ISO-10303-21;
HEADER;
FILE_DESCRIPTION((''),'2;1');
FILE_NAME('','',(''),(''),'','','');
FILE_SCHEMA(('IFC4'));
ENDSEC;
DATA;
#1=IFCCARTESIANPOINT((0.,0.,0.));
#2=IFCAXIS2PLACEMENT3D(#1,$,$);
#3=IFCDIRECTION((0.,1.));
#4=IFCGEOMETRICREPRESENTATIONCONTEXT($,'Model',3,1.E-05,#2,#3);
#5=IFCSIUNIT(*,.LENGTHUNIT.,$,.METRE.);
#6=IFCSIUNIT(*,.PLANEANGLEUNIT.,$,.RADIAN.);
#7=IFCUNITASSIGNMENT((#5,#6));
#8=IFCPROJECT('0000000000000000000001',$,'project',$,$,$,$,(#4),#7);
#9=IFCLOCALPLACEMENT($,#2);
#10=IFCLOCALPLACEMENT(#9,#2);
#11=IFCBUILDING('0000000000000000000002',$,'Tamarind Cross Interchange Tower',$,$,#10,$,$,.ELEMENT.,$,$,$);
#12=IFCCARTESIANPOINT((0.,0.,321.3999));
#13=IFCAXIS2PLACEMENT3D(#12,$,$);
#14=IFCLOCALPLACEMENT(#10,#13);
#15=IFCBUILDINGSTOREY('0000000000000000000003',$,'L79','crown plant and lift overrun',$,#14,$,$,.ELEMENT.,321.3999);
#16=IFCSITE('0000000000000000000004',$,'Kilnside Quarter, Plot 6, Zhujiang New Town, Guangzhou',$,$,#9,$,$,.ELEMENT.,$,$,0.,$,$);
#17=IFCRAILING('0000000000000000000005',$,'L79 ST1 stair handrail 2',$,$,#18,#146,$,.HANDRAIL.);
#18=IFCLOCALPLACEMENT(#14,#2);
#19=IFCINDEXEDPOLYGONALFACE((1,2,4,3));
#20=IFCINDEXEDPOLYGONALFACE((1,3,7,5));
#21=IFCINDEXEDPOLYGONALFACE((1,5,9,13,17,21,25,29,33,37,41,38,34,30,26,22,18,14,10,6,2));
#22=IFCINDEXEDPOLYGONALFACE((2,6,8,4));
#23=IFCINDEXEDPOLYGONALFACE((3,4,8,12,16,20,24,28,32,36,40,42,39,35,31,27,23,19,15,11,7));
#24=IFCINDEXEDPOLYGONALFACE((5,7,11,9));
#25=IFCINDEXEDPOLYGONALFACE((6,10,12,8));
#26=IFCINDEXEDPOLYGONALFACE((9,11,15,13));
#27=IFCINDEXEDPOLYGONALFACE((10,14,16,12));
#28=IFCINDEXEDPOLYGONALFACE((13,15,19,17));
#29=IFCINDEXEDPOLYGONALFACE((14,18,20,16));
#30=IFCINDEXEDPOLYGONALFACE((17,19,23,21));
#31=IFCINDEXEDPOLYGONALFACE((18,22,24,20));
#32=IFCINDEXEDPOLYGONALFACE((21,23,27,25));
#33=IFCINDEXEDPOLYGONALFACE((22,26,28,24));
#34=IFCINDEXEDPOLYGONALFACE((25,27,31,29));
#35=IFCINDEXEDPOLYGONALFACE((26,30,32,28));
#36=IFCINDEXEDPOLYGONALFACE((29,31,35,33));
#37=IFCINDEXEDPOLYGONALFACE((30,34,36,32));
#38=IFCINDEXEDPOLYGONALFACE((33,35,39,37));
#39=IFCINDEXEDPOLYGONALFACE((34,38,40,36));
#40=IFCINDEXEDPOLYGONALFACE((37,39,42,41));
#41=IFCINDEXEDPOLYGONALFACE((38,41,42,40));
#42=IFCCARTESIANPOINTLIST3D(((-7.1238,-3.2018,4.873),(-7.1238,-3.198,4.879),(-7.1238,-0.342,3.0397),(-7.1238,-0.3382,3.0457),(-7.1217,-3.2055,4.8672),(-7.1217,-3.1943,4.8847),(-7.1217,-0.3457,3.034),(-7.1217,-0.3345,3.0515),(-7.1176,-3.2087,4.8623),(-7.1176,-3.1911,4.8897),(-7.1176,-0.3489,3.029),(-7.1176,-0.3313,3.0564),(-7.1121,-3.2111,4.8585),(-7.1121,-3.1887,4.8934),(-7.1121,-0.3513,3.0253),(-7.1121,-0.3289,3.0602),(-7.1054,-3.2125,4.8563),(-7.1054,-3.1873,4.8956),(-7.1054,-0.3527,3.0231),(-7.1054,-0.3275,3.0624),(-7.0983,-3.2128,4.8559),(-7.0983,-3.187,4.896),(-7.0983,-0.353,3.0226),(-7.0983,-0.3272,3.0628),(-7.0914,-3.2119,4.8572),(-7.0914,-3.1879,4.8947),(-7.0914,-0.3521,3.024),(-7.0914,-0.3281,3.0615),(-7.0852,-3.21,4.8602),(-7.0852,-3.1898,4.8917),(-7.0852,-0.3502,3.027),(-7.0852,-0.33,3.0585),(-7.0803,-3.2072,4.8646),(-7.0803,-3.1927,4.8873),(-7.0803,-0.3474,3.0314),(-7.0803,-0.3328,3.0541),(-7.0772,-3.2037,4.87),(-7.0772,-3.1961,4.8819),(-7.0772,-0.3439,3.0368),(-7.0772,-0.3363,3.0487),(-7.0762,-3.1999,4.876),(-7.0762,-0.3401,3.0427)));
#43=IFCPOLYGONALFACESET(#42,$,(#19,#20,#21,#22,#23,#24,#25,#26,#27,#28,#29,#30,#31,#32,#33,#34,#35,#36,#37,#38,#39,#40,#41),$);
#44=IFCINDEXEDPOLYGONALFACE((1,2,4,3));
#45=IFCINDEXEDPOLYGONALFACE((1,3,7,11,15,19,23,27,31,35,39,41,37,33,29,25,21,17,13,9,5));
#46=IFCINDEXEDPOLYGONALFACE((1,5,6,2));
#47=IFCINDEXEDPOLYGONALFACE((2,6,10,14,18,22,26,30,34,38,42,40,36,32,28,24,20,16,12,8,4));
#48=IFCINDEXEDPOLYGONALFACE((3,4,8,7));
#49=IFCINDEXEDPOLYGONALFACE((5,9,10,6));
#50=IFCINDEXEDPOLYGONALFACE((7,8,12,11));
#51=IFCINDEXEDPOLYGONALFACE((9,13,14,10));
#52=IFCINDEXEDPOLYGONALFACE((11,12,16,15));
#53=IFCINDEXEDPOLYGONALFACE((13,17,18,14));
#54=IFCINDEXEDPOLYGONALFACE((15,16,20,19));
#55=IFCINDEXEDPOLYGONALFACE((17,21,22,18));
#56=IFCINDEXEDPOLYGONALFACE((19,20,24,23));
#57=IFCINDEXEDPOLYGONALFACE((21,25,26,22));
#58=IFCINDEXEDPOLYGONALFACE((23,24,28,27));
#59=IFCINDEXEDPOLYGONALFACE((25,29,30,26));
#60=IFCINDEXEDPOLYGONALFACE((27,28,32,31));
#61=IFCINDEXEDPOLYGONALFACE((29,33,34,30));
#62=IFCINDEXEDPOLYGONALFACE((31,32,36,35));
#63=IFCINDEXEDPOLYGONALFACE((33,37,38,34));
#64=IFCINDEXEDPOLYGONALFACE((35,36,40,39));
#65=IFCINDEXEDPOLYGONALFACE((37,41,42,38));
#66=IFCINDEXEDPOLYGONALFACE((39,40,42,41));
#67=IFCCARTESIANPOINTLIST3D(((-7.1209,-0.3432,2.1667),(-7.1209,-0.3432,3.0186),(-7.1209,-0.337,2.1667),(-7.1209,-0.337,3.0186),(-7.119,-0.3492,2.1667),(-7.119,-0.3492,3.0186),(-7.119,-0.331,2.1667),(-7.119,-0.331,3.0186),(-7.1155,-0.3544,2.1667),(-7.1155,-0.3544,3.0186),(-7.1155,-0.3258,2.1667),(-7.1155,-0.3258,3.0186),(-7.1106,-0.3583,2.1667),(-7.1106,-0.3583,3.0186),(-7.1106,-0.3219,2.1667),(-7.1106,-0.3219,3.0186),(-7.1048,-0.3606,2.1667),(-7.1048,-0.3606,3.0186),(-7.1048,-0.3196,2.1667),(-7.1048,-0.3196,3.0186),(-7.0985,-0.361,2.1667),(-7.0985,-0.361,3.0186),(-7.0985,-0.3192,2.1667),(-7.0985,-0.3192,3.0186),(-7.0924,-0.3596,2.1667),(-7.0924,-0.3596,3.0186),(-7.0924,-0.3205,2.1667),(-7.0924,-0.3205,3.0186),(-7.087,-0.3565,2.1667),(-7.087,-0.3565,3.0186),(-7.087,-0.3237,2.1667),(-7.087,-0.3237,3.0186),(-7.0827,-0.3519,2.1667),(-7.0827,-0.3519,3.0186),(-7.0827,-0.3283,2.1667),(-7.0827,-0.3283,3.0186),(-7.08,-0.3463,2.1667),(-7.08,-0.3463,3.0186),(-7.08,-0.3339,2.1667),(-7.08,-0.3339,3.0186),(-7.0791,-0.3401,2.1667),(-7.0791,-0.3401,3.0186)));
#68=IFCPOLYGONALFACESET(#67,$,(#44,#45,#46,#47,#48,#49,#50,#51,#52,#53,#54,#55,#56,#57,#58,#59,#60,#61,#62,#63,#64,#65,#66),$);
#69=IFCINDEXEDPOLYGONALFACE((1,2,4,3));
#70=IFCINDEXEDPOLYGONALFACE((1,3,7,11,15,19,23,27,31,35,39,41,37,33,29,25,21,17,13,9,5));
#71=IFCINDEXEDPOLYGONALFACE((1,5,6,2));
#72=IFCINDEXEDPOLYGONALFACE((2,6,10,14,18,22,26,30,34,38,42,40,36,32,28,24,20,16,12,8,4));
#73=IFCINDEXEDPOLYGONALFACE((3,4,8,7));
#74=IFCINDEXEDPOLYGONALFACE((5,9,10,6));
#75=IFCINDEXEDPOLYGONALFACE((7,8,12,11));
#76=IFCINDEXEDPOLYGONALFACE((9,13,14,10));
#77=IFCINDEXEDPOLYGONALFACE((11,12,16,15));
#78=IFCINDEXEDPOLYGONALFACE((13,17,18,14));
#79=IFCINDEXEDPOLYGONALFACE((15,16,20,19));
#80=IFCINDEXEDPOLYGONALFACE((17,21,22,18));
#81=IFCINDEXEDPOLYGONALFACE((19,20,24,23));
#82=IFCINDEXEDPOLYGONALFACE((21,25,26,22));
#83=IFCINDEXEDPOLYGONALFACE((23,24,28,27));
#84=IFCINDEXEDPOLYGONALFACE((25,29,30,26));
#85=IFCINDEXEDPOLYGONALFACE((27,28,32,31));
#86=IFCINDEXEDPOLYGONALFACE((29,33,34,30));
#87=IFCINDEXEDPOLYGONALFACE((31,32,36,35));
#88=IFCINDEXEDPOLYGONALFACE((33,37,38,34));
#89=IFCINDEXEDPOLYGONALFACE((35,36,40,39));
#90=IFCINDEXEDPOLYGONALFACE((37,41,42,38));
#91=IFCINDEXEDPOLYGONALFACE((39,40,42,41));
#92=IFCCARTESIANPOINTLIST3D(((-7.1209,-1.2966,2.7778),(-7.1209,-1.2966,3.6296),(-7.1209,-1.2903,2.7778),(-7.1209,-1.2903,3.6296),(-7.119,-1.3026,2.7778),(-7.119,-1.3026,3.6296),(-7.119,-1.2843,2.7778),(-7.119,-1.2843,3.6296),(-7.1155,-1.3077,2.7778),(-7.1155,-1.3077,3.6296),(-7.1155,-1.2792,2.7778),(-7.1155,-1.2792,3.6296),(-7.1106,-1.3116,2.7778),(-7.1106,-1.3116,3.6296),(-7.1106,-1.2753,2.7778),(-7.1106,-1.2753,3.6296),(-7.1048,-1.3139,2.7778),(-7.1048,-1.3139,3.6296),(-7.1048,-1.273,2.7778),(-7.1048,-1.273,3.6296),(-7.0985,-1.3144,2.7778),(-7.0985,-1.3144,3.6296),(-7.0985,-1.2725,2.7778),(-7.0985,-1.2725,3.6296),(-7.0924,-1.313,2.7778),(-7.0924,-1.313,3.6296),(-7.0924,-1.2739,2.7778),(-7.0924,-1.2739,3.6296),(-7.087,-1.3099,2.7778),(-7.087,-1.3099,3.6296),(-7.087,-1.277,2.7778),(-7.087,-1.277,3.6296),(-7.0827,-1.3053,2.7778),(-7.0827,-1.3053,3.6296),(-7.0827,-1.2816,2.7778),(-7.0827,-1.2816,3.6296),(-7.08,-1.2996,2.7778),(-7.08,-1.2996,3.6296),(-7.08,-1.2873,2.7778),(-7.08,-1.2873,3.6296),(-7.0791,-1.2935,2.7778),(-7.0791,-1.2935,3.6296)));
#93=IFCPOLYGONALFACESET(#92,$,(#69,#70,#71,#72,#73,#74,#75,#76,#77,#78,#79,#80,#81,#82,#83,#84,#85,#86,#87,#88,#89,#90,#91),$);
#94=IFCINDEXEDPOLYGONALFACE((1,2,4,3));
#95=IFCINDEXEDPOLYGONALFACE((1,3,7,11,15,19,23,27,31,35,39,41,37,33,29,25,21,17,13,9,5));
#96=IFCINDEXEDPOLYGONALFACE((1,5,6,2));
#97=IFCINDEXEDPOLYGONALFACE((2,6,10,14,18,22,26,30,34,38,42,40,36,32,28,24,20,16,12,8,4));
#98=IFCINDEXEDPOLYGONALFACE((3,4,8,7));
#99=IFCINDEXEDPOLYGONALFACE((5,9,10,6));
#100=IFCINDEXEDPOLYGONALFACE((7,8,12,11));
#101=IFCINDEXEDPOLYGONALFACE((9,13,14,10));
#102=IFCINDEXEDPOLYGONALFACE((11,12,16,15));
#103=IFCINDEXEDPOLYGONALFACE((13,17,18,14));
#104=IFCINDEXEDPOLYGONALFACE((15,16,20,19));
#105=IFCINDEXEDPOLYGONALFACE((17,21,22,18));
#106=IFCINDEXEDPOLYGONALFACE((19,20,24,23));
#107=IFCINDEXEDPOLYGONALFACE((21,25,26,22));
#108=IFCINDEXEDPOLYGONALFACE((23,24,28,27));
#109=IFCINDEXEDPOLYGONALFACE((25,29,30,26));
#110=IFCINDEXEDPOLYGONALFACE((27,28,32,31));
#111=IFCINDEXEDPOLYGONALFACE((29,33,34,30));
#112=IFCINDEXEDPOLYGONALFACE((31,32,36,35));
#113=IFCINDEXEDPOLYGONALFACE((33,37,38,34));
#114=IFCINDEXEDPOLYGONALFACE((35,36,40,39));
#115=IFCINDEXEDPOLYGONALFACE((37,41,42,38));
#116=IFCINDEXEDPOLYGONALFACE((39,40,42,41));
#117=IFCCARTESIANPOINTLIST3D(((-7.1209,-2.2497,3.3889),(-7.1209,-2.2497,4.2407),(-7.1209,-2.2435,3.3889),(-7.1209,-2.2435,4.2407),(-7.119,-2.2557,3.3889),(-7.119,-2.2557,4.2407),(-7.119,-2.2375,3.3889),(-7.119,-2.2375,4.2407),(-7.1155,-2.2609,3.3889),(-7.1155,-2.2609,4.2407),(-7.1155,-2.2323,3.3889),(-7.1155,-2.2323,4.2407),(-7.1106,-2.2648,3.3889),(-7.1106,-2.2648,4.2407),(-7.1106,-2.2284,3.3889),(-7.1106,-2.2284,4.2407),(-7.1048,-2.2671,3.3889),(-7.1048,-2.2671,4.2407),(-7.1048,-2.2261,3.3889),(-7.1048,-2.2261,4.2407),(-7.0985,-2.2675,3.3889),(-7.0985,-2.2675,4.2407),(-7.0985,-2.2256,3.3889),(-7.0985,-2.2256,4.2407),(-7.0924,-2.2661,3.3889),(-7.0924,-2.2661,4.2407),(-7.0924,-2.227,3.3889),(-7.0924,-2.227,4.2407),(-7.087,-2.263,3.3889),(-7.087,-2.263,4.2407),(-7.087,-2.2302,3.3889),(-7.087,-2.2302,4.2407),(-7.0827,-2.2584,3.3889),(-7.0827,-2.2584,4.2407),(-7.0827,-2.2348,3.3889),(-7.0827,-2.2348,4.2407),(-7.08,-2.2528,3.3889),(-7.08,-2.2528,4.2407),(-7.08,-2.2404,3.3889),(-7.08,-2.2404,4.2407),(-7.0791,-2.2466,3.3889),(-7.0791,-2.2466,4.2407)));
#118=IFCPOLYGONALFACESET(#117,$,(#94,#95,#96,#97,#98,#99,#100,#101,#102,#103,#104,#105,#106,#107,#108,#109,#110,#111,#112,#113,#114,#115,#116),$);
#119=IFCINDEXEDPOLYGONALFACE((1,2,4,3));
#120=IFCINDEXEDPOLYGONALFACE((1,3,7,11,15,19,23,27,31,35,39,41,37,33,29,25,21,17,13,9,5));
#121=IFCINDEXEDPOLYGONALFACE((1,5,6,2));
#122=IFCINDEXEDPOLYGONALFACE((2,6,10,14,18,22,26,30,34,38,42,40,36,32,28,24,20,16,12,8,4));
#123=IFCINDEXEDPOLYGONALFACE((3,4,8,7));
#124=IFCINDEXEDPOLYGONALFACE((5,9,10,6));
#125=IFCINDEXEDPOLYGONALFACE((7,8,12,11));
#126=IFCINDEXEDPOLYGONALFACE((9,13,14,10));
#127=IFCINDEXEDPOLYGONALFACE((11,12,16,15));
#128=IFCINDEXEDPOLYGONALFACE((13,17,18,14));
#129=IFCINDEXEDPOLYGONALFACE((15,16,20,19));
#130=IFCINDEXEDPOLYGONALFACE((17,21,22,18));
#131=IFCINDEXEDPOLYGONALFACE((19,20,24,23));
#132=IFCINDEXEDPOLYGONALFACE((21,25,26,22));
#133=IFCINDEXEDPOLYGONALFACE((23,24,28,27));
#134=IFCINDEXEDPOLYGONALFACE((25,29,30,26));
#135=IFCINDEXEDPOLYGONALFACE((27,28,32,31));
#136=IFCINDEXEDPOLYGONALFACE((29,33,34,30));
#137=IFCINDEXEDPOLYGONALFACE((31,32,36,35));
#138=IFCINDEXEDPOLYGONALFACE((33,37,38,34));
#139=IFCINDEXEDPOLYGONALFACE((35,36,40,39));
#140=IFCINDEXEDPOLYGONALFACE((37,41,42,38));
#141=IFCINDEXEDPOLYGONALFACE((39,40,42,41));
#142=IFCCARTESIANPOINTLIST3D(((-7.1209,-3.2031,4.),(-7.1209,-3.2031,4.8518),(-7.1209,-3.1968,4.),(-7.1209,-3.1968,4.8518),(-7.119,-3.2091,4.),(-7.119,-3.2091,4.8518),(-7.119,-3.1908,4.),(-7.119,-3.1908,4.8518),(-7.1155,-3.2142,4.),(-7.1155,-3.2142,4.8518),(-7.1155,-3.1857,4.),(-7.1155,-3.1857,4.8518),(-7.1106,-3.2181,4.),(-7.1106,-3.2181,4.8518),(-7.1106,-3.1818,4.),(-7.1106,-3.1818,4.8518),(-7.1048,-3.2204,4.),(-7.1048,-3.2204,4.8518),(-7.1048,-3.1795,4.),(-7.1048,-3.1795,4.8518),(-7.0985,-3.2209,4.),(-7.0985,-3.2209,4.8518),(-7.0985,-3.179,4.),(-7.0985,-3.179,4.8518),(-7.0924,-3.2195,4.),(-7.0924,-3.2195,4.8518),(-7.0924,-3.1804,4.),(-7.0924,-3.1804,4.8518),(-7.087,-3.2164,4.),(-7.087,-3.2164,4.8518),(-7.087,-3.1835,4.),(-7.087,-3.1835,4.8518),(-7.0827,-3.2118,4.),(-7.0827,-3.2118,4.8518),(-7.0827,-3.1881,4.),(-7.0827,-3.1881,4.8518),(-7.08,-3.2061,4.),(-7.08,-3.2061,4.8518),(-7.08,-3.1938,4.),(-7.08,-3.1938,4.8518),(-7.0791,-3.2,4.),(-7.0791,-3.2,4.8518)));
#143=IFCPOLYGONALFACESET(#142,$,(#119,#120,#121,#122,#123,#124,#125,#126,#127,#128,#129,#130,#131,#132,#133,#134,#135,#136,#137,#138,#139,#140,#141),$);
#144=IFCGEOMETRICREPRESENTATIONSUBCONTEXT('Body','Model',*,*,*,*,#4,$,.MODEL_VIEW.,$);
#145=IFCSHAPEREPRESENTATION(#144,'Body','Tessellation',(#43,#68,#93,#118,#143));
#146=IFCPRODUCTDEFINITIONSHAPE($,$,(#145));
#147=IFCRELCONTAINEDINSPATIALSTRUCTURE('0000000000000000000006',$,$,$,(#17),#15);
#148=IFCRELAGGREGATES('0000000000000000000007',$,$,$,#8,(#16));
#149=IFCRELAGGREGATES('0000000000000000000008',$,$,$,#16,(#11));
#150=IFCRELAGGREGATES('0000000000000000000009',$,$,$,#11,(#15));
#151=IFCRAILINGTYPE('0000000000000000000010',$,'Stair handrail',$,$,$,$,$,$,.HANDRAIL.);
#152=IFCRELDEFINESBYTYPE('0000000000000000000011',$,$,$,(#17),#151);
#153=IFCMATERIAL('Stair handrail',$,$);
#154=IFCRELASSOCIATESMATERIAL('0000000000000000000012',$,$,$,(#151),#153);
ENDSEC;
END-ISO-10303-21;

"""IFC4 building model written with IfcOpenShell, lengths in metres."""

from ifc_helpers import new_model, si_unit, direction, frame, origin, origin_2d, place, context, subcontext, project, spatial, circle, extrude, material, type_object, element, save


model = new_model("IFC4")

# Units and contexts
model_context = context("Model", 3, precision=1e-05, world=origin(), true_north=direction((0.0, 1.0)))
body_context = subcontext(model_context, "Body", "Model", "MODEL_VIEW")
ifc_project = project(units=[si_unit("LENGTHUNIT", "METRE"), si_unit("PLANEANGLEUNIT", "RADIAN")], contexts=[model_context])

# Site, building, storey
site_placement = place(None, origin())
site = spatial("IfcSite", under=ifc_project, at=site_placement, Name="Kilnside Quarter, Plot 6, Zhujiang New Town, Guangzhou", CompositionType="ELEMENT", RefElevation=0.0)
building_placement = place(site_placement, origin())
building = spatial("IfcBuilding", under=site, at=building_placement, Name="Tamarind Cross Interchange Tower", CompositionType="ELEMENT")
storey_placement = place(building_placement, frame((0.0, 0.0, 321.3999)))
storey = spatial("IfcBuildingStorey", under=building, at=storey_placement, Name="L79", Description="crown plant and lift overrun", CompositionType="ELEMENT", Elevation=321.3999)

# Railing
ifc_material_1 = material(Name="Stair handrail")
railing_type_1 = type_object("IfcRailingType", Name="Stair handrail", PredefinedType="HANDRAIL", material=ifc_material_1)
railing_1_placement = place(storey_placement, frame((-7.1001, -0.3401, 2.1667)))
element("IfcRailing", 1, at=railing_1_placement, inside=storey, type_object=railing_type_1, Name="L79 ST1 stair handrail 2", PredefinedType="HANDRAIL", context=body_context, shape_type="SweptSolid", body=[
    extrude(circle(Radius=0.0239, at=origin_2d()), frame((0.0, 0.0, 0.876), z_axis=(0.0, -0.841878, 0.539667), x_axis=(1.0, 0.0, 0.0)), (0.0, 0.0, 1.0), 3.397),
    extrude(circle(Radius=0.021, at=origin_2d()), origin(), (0.0, 0.0, 1.0), 0.8518),
    extrude(circle(Radius=0.021, at=origin_2d()), frame((0.0, -0.9534, 0.6111)), (0.0, 0.0, 1.0), 0.8518),
    extrude(circle(Radius=0.021, at=origin_2d()), frame((0.0, -1.9065, 1.2222)), (0.0, 0.0, 1.0), 0.8518),
    extrude(circle(Radius=0.021, at=origin_2d()), frame((0.0, -2.8599, 1.8333)), (0.0, 0.0, 1.0), 0.8518),
])

save(model, "model.ifc")
